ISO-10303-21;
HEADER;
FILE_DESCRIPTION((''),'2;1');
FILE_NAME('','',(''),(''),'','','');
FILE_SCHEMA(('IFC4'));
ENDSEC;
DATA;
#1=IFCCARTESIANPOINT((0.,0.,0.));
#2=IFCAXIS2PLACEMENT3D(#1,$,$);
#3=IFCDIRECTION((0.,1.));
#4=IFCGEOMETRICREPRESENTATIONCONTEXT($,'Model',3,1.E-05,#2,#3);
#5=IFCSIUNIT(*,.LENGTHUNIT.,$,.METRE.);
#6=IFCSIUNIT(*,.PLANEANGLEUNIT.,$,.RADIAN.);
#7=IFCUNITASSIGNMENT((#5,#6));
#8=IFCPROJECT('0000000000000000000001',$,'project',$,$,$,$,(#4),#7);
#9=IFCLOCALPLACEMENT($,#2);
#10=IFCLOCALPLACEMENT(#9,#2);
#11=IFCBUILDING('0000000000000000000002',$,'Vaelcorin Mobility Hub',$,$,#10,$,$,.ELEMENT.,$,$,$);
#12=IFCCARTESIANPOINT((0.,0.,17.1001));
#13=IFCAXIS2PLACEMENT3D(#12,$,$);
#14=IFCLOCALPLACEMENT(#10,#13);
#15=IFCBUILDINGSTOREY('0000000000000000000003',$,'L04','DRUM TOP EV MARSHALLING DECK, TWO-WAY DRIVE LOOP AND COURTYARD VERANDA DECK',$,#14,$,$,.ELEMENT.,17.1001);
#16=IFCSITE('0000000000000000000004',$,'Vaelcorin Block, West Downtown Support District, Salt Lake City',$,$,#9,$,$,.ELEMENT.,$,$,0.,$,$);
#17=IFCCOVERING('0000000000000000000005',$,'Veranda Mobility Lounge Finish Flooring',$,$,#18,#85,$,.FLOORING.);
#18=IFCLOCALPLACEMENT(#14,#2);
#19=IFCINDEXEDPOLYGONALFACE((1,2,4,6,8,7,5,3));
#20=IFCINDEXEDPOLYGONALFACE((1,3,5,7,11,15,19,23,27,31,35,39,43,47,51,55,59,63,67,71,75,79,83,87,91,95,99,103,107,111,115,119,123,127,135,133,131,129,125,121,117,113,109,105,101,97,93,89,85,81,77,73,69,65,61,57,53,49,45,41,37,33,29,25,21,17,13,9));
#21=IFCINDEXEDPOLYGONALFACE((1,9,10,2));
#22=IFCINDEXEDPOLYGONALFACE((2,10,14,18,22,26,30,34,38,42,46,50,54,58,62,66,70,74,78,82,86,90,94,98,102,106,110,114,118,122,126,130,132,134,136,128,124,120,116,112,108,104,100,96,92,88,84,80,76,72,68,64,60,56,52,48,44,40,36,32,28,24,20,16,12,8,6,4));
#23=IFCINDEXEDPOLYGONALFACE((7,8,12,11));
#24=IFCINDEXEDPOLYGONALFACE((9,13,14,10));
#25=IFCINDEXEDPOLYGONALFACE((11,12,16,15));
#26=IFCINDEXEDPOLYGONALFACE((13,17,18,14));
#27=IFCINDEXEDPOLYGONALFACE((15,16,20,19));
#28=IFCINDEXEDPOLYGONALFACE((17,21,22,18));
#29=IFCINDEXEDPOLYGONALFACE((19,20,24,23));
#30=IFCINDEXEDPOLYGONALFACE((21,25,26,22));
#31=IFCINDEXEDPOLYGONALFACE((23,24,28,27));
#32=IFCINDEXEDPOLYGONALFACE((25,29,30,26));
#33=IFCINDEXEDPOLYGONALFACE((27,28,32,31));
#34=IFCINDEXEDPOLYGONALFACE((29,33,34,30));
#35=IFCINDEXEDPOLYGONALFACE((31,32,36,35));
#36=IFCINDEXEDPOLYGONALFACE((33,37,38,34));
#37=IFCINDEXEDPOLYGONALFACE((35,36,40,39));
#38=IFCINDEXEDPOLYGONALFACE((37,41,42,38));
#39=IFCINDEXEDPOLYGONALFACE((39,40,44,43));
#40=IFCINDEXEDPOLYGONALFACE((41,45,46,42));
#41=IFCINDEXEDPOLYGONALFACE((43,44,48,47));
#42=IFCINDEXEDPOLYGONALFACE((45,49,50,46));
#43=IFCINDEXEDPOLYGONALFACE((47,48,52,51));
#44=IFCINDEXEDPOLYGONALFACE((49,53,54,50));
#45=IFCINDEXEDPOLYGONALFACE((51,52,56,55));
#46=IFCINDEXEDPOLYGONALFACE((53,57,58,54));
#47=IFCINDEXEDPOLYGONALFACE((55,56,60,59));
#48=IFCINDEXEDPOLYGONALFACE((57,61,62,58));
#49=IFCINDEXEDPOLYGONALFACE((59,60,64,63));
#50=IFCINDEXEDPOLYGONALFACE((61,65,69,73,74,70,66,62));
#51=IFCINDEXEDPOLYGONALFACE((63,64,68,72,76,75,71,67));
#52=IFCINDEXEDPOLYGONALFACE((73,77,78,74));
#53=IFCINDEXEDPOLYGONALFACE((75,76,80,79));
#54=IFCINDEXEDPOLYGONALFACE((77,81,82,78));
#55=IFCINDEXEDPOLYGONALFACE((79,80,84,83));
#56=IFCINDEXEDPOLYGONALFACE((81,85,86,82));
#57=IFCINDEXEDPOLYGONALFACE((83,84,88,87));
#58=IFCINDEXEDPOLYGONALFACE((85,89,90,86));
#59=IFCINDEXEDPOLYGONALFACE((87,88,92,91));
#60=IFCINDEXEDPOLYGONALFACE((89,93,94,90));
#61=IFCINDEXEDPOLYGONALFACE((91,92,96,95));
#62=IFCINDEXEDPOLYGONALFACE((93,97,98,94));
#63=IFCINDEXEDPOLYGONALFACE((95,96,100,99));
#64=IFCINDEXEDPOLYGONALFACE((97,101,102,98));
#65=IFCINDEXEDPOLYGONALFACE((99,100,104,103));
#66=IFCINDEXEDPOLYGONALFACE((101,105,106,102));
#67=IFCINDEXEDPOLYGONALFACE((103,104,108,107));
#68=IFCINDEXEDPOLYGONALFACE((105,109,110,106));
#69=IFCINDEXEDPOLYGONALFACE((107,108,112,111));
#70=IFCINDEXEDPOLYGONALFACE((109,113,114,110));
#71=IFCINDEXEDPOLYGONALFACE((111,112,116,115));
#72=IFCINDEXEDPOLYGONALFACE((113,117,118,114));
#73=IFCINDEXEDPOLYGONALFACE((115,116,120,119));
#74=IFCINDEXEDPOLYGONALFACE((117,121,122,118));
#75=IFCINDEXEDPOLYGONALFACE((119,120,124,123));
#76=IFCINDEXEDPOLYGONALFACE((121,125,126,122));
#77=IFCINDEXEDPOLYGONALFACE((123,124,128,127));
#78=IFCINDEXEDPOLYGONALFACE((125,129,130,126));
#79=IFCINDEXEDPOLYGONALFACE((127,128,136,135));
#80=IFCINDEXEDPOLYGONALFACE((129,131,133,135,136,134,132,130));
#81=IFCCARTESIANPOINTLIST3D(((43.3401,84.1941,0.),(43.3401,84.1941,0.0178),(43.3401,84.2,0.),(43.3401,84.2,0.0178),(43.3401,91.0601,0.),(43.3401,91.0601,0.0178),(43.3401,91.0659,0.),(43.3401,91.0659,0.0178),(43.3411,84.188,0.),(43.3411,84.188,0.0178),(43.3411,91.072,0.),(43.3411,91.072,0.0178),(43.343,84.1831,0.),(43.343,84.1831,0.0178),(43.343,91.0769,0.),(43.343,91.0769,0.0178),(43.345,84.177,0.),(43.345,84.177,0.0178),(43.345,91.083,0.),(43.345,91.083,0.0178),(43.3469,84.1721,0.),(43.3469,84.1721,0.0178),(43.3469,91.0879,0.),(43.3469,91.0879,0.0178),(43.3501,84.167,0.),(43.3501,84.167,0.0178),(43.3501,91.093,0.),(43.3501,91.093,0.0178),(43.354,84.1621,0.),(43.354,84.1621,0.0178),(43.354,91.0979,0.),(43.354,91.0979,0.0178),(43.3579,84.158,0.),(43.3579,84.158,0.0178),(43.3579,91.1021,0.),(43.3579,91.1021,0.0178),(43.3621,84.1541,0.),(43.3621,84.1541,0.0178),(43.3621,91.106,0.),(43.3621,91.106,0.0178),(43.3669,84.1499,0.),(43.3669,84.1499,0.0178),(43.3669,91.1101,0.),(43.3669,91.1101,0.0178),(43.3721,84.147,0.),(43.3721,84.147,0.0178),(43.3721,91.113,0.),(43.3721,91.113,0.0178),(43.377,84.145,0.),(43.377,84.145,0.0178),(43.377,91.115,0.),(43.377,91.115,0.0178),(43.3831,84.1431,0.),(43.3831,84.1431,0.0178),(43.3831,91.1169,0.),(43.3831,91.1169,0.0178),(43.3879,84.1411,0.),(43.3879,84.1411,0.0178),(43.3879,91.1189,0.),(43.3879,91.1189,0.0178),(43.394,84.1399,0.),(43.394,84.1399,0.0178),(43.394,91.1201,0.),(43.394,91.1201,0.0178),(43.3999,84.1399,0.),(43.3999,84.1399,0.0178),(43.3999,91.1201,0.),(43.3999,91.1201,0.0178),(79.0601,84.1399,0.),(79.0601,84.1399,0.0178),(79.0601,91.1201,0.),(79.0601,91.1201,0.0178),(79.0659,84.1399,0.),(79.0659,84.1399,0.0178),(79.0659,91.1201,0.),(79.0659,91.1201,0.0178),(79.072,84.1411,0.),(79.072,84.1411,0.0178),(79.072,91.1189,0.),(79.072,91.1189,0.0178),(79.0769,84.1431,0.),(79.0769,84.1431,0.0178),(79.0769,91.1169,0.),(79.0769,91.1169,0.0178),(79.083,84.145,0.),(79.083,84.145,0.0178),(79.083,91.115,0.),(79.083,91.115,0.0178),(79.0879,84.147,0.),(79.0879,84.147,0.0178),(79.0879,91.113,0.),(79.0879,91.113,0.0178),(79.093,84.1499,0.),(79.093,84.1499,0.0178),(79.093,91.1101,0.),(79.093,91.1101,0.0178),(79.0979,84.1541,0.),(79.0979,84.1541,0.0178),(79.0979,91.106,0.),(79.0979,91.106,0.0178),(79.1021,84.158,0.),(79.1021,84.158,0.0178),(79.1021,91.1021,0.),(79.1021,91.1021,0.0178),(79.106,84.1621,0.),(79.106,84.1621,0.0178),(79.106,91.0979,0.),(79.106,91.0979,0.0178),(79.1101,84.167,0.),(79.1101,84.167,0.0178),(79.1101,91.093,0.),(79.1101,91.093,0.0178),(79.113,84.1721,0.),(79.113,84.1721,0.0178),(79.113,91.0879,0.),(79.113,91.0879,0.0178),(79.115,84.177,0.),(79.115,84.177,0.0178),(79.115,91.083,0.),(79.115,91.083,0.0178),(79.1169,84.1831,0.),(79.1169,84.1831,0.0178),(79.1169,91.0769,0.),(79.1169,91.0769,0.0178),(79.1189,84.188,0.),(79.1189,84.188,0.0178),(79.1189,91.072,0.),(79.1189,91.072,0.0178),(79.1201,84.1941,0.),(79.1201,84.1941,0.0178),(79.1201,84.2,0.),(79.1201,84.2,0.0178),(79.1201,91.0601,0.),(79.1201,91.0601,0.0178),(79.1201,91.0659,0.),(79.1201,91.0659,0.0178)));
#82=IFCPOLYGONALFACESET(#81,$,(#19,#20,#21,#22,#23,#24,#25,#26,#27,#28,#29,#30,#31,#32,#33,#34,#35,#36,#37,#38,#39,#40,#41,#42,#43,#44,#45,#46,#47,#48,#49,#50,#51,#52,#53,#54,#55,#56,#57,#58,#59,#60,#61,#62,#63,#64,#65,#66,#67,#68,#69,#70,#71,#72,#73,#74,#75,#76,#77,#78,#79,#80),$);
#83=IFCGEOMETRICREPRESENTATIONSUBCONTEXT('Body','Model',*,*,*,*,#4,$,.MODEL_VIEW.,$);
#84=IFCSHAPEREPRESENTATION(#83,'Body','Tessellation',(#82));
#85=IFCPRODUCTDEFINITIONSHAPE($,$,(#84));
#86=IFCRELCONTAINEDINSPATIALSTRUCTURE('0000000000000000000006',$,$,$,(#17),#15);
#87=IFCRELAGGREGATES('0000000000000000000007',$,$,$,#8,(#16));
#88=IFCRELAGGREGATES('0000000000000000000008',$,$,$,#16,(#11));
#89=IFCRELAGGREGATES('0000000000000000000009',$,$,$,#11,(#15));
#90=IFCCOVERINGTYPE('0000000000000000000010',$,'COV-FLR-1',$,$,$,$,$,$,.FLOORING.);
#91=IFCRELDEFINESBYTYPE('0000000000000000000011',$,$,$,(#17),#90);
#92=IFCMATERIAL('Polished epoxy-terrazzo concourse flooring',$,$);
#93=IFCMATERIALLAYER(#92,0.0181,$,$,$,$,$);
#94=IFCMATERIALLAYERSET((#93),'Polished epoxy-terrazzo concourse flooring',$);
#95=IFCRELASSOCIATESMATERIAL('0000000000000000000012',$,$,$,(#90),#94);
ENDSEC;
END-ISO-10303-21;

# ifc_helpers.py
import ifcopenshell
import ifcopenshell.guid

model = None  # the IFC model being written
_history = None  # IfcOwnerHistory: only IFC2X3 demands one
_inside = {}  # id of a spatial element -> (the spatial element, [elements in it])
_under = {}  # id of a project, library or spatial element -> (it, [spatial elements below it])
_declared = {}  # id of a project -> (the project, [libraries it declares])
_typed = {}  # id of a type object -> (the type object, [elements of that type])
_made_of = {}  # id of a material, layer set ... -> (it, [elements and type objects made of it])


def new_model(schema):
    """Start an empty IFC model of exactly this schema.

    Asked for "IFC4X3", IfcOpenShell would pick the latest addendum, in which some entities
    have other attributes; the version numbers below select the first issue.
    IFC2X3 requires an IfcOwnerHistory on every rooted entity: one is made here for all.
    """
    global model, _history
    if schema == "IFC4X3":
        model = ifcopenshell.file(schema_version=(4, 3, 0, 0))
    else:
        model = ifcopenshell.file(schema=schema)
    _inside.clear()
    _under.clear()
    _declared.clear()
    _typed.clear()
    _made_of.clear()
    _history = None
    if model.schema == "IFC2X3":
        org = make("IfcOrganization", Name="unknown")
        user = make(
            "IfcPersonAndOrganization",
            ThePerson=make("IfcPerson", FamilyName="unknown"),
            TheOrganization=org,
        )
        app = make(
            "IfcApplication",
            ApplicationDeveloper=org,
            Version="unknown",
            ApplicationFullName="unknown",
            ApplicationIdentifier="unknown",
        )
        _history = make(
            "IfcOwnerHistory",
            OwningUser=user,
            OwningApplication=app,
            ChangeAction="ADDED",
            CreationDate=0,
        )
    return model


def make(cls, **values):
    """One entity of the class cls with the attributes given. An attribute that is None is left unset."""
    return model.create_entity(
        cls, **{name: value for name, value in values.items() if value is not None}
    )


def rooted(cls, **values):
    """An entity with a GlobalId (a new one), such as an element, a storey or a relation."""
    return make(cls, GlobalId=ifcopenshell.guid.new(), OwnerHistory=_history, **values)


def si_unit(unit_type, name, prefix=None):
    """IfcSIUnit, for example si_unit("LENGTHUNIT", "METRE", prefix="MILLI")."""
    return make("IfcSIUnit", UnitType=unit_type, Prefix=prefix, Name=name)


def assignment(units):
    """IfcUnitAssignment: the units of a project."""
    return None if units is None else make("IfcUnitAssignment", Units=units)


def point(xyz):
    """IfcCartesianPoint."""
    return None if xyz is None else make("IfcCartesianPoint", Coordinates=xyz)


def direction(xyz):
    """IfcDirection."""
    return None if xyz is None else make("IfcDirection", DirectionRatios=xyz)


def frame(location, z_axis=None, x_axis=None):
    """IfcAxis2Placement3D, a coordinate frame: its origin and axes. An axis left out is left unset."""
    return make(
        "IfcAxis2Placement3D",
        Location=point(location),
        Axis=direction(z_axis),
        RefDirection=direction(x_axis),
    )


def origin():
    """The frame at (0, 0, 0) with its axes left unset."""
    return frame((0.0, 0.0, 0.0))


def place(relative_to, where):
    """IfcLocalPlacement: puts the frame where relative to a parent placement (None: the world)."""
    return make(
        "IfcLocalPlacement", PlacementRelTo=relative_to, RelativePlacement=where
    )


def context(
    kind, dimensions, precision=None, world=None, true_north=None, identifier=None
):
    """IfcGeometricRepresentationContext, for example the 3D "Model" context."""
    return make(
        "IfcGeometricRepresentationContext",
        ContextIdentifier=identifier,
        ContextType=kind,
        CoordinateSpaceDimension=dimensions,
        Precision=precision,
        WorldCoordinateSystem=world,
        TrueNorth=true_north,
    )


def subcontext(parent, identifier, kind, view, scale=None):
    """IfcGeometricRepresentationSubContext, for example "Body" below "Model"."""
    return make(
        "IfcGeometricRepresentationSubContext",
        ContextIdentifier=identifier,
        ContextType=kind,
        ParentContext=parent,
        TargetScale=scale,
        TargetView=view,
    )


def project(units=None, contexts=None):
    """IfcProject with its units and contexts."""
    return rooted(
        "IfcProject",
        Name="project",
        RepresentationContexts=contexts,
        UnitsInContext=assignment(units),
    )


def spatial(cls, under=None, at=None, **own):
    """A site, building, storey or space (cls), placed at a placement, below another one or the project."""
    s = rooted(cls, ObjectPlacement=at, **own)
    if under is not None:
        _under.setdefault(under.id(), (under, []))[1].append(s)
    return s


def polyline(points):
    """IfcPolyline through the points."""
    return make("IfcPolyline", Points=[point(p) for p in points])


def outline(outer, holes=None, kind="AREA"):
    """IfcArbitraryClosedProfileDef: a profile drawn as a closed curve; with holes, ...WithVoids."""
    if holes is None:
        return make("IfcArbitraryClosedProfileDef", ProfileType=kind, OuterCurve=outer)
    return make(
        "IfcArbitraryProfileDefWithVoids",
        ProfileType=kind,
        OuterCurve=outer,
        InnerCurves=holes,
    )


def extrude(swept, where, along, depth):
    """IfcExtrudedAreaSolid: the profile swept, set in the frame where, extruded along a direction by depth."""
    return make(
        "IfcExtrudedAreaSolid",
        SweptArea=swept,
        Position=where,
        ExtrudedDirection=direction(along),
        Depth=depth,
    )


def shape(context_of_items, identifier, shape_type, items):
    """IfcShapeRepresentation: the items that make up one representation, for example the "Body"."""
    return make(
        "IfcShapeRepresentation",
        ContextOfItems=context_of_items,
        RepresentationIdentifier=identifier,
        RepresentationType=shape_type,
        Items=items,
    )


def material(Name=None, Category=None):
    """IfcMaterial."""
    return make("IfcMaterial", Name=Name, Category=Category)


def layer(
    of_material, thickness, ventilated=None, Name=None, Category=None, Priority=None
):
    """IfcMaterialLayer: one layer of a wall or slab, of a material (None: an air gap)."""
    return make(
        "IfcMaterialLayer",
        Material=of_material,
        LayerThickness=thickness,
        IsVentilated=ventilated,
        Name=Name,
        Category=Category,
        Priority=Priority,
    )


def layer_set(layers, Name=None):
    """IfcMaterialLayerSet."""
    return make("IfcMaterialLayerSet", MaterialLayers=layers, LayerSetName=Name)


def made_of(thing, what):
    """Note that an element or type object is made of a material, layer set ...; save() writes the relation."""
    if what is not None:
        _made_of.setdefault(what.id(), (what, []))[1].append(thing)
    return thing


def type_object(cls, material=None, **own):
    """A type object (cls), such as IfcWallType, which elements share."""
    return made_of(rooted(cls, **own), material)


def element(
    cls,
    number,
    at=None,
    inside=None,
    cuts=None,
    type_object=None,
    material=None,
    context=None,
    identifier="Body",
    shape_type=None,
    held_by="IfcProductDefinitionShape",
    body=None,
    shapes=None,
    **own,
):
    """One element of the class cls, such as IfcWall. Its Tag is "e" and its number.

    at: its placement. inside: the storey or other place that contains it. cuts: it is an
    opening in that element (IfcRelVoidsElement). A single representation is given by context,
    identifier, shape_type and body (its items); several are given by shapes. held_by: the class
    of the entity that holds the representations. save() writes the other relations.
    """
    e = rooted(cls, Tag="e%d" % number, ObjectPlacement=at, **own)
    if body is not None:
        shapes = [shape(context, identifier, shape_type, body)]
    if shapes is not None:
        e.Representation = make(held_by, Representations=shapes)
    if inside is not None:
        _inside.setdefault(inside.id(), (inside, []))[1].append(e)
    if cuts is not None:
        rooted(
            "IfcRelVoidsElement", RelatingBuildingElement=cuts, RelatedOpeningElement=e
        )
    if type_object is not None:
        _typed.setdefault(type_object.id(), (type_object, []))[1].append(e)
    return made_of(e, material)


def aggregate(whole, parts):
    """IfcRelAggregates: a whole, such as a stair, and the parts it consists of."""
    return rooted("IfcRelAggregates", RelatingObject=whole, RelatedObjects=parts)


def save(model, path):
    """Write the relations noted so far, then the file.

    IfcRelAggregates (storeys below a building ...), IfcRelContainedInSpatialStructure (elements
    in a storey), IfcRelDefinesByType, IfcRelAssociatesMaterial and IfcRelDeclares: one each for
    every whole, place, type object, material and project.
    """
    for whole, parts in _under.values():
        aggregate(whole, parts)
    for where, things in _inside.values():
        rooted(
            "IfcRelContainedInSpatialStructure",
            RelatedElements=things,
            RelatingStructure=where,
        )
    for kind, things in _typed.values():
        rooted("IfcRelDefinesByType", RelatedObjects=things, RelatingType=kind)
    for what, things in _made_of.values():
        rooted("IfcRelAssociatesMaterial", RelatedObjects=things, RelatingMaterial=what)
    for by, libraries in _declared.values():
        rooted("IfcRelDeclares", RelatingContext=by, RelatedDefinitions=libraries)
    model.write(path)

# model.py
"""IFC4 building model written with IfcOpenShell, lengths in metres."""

from ifc_helpers import new_model, si_unit, direction, frame, origin, place, context, subcontext, project, spatial, polyline, outline, extrude, material, layer, layer_set, type_object, element, save


model = new_model("IFC4")

# Units and contexts
model_context = context("Model", 3, precision=1e-05, world=origin(), true_north=direction((0.0, 1.0)))
body_context = subcontext(model_context, "Body", "Model", "MODEL_VIEW")
ifc_project = project(units=[si_unit("LENGTHUNIT", "METRE"), si_unit("PLANEANGLEUNIT", "RADIAN")], contexts=[model_context])

# Site, building, storey
site_placement = place(None, origin())
site = spatial("IfcSite", under=ifc_project, at=site_placement, Name="Vaelcorin Block, West Downtown Support District, Salt Lake City", CompositionType="ELEMENT", RefElevation=0.0)
building_placement = place(site_placement, origin())
building = spatial("IfcBuilding", under=site, at=building_placement, Name="Vaelcorin Mobility Hub", CompositionType="ELEMENT")
storey_placement = place(building_placement, frame((0.0, 0.0, 17.1001)))
storey = spatial("IfcBuildingStorey", under=building, at=storey_placement, Name="L04", Description="DRUM TOP EV MARSHALLING DECK, TWO-WAY DRIVE LOOP AND COURTYARD VERANDA DECK", CompositionType="ELEMENT", Elevation=17.1001)

# Covering
ifc_material_1 = material(Name="Polished epoxy-terrazzo concourse flooring")
ifc_layer_1 = layer(ifc_material_1, 0.0181)
ifc_layer_set_1 = layer_set([ifc_layer_1], Name="Polished epoxy-terrazzo concourse flooring")
covering_type_1 = type_object("IfcCoveringType", Name="COV-FLR-1", PredefinedType="FLOORING", material=ifc_layer_set_1)
covering_1_placement = place(storey_placement, origin())
element("IfcCovering", 1, at=covering_1_placement, inside=storey, type_object=covering_type_1, Name="Veranda Mobility Lounge Finish Flooring", PredefinedType="FLOORING", context=body_context, shape_type="SweptSolid", body=[
    extrude(outline(polyline([(43.3999, 84.1399), (43.394, 84.1399), (43.3879, 84.1411), (43.3831, 84.1431), (43.377, 84.145), (43.3721, 84.147), (43.3669, 84.1499), (43.3621, 84.1541), (43.3579, 84.158), (43.354, 84.1621), (43.3501, 84.167), (43.3469, 84.1721), (43.345, 84.177), (43.343, 84.1831), (43.3411, 84.188), (43.3401, 84.1941), (43.3401, 84.2), (43.3401, 91.0601), (43.3401, 91.0659), (43.3411, 91.072), (43.343, 91.0769), (43.345, 91.083), (43.3469, 91.0879), (43.3501, 91.093), (43.354, 91.0979), (43.3579, 91.1021), (43.3621, 91.106), (43.3669, 91.1101), (43.3721, 91.113), (43.377, 91.115), (43.3831, 91.1169), (43.3879, 91.1189), (43.394, 91.1201), (43.3999, 91.1201), (79.0601, 91.1201), (79.0659, 91.1201), (79.072, 91.1189), (79.0769, 91.1169), (79.083, 91.115), (79.0879, 91.113), (79.093, 91.1101), (79.0979, 91.106), (79.1021, 91.1021), (79.106, 91.0979), (79.1101, 91.093), (79.113, 91.0879), (79.115, 91.083), (79.1169, 91.0769), (79.1189, 91.072), (79.1201, 91.0659), (79.1201, 91.0601), (79.1201, 84.2), (79.1201, 84.1941), (79.1189, 84.188), (79.1169, 84.1831), (79.115, 84.177), (79.113, 84.1721), (79.1101, 84.167), (79.106, 84.1621), (79.1021, 84.158), (79.0979, 84.1541), (79.093, 84.1499), (79.0879, 84.147), (79.083, 84.145), (79.0769, 84.1431), (79.072, 84.1411), (79.0659, 84.1399), (79.0601, 84.1399), (43.3999, 84.1399)])), origin(), (0.0, 0.0, 1.0), 0.0178),
])

save(model, "model.ifc")
